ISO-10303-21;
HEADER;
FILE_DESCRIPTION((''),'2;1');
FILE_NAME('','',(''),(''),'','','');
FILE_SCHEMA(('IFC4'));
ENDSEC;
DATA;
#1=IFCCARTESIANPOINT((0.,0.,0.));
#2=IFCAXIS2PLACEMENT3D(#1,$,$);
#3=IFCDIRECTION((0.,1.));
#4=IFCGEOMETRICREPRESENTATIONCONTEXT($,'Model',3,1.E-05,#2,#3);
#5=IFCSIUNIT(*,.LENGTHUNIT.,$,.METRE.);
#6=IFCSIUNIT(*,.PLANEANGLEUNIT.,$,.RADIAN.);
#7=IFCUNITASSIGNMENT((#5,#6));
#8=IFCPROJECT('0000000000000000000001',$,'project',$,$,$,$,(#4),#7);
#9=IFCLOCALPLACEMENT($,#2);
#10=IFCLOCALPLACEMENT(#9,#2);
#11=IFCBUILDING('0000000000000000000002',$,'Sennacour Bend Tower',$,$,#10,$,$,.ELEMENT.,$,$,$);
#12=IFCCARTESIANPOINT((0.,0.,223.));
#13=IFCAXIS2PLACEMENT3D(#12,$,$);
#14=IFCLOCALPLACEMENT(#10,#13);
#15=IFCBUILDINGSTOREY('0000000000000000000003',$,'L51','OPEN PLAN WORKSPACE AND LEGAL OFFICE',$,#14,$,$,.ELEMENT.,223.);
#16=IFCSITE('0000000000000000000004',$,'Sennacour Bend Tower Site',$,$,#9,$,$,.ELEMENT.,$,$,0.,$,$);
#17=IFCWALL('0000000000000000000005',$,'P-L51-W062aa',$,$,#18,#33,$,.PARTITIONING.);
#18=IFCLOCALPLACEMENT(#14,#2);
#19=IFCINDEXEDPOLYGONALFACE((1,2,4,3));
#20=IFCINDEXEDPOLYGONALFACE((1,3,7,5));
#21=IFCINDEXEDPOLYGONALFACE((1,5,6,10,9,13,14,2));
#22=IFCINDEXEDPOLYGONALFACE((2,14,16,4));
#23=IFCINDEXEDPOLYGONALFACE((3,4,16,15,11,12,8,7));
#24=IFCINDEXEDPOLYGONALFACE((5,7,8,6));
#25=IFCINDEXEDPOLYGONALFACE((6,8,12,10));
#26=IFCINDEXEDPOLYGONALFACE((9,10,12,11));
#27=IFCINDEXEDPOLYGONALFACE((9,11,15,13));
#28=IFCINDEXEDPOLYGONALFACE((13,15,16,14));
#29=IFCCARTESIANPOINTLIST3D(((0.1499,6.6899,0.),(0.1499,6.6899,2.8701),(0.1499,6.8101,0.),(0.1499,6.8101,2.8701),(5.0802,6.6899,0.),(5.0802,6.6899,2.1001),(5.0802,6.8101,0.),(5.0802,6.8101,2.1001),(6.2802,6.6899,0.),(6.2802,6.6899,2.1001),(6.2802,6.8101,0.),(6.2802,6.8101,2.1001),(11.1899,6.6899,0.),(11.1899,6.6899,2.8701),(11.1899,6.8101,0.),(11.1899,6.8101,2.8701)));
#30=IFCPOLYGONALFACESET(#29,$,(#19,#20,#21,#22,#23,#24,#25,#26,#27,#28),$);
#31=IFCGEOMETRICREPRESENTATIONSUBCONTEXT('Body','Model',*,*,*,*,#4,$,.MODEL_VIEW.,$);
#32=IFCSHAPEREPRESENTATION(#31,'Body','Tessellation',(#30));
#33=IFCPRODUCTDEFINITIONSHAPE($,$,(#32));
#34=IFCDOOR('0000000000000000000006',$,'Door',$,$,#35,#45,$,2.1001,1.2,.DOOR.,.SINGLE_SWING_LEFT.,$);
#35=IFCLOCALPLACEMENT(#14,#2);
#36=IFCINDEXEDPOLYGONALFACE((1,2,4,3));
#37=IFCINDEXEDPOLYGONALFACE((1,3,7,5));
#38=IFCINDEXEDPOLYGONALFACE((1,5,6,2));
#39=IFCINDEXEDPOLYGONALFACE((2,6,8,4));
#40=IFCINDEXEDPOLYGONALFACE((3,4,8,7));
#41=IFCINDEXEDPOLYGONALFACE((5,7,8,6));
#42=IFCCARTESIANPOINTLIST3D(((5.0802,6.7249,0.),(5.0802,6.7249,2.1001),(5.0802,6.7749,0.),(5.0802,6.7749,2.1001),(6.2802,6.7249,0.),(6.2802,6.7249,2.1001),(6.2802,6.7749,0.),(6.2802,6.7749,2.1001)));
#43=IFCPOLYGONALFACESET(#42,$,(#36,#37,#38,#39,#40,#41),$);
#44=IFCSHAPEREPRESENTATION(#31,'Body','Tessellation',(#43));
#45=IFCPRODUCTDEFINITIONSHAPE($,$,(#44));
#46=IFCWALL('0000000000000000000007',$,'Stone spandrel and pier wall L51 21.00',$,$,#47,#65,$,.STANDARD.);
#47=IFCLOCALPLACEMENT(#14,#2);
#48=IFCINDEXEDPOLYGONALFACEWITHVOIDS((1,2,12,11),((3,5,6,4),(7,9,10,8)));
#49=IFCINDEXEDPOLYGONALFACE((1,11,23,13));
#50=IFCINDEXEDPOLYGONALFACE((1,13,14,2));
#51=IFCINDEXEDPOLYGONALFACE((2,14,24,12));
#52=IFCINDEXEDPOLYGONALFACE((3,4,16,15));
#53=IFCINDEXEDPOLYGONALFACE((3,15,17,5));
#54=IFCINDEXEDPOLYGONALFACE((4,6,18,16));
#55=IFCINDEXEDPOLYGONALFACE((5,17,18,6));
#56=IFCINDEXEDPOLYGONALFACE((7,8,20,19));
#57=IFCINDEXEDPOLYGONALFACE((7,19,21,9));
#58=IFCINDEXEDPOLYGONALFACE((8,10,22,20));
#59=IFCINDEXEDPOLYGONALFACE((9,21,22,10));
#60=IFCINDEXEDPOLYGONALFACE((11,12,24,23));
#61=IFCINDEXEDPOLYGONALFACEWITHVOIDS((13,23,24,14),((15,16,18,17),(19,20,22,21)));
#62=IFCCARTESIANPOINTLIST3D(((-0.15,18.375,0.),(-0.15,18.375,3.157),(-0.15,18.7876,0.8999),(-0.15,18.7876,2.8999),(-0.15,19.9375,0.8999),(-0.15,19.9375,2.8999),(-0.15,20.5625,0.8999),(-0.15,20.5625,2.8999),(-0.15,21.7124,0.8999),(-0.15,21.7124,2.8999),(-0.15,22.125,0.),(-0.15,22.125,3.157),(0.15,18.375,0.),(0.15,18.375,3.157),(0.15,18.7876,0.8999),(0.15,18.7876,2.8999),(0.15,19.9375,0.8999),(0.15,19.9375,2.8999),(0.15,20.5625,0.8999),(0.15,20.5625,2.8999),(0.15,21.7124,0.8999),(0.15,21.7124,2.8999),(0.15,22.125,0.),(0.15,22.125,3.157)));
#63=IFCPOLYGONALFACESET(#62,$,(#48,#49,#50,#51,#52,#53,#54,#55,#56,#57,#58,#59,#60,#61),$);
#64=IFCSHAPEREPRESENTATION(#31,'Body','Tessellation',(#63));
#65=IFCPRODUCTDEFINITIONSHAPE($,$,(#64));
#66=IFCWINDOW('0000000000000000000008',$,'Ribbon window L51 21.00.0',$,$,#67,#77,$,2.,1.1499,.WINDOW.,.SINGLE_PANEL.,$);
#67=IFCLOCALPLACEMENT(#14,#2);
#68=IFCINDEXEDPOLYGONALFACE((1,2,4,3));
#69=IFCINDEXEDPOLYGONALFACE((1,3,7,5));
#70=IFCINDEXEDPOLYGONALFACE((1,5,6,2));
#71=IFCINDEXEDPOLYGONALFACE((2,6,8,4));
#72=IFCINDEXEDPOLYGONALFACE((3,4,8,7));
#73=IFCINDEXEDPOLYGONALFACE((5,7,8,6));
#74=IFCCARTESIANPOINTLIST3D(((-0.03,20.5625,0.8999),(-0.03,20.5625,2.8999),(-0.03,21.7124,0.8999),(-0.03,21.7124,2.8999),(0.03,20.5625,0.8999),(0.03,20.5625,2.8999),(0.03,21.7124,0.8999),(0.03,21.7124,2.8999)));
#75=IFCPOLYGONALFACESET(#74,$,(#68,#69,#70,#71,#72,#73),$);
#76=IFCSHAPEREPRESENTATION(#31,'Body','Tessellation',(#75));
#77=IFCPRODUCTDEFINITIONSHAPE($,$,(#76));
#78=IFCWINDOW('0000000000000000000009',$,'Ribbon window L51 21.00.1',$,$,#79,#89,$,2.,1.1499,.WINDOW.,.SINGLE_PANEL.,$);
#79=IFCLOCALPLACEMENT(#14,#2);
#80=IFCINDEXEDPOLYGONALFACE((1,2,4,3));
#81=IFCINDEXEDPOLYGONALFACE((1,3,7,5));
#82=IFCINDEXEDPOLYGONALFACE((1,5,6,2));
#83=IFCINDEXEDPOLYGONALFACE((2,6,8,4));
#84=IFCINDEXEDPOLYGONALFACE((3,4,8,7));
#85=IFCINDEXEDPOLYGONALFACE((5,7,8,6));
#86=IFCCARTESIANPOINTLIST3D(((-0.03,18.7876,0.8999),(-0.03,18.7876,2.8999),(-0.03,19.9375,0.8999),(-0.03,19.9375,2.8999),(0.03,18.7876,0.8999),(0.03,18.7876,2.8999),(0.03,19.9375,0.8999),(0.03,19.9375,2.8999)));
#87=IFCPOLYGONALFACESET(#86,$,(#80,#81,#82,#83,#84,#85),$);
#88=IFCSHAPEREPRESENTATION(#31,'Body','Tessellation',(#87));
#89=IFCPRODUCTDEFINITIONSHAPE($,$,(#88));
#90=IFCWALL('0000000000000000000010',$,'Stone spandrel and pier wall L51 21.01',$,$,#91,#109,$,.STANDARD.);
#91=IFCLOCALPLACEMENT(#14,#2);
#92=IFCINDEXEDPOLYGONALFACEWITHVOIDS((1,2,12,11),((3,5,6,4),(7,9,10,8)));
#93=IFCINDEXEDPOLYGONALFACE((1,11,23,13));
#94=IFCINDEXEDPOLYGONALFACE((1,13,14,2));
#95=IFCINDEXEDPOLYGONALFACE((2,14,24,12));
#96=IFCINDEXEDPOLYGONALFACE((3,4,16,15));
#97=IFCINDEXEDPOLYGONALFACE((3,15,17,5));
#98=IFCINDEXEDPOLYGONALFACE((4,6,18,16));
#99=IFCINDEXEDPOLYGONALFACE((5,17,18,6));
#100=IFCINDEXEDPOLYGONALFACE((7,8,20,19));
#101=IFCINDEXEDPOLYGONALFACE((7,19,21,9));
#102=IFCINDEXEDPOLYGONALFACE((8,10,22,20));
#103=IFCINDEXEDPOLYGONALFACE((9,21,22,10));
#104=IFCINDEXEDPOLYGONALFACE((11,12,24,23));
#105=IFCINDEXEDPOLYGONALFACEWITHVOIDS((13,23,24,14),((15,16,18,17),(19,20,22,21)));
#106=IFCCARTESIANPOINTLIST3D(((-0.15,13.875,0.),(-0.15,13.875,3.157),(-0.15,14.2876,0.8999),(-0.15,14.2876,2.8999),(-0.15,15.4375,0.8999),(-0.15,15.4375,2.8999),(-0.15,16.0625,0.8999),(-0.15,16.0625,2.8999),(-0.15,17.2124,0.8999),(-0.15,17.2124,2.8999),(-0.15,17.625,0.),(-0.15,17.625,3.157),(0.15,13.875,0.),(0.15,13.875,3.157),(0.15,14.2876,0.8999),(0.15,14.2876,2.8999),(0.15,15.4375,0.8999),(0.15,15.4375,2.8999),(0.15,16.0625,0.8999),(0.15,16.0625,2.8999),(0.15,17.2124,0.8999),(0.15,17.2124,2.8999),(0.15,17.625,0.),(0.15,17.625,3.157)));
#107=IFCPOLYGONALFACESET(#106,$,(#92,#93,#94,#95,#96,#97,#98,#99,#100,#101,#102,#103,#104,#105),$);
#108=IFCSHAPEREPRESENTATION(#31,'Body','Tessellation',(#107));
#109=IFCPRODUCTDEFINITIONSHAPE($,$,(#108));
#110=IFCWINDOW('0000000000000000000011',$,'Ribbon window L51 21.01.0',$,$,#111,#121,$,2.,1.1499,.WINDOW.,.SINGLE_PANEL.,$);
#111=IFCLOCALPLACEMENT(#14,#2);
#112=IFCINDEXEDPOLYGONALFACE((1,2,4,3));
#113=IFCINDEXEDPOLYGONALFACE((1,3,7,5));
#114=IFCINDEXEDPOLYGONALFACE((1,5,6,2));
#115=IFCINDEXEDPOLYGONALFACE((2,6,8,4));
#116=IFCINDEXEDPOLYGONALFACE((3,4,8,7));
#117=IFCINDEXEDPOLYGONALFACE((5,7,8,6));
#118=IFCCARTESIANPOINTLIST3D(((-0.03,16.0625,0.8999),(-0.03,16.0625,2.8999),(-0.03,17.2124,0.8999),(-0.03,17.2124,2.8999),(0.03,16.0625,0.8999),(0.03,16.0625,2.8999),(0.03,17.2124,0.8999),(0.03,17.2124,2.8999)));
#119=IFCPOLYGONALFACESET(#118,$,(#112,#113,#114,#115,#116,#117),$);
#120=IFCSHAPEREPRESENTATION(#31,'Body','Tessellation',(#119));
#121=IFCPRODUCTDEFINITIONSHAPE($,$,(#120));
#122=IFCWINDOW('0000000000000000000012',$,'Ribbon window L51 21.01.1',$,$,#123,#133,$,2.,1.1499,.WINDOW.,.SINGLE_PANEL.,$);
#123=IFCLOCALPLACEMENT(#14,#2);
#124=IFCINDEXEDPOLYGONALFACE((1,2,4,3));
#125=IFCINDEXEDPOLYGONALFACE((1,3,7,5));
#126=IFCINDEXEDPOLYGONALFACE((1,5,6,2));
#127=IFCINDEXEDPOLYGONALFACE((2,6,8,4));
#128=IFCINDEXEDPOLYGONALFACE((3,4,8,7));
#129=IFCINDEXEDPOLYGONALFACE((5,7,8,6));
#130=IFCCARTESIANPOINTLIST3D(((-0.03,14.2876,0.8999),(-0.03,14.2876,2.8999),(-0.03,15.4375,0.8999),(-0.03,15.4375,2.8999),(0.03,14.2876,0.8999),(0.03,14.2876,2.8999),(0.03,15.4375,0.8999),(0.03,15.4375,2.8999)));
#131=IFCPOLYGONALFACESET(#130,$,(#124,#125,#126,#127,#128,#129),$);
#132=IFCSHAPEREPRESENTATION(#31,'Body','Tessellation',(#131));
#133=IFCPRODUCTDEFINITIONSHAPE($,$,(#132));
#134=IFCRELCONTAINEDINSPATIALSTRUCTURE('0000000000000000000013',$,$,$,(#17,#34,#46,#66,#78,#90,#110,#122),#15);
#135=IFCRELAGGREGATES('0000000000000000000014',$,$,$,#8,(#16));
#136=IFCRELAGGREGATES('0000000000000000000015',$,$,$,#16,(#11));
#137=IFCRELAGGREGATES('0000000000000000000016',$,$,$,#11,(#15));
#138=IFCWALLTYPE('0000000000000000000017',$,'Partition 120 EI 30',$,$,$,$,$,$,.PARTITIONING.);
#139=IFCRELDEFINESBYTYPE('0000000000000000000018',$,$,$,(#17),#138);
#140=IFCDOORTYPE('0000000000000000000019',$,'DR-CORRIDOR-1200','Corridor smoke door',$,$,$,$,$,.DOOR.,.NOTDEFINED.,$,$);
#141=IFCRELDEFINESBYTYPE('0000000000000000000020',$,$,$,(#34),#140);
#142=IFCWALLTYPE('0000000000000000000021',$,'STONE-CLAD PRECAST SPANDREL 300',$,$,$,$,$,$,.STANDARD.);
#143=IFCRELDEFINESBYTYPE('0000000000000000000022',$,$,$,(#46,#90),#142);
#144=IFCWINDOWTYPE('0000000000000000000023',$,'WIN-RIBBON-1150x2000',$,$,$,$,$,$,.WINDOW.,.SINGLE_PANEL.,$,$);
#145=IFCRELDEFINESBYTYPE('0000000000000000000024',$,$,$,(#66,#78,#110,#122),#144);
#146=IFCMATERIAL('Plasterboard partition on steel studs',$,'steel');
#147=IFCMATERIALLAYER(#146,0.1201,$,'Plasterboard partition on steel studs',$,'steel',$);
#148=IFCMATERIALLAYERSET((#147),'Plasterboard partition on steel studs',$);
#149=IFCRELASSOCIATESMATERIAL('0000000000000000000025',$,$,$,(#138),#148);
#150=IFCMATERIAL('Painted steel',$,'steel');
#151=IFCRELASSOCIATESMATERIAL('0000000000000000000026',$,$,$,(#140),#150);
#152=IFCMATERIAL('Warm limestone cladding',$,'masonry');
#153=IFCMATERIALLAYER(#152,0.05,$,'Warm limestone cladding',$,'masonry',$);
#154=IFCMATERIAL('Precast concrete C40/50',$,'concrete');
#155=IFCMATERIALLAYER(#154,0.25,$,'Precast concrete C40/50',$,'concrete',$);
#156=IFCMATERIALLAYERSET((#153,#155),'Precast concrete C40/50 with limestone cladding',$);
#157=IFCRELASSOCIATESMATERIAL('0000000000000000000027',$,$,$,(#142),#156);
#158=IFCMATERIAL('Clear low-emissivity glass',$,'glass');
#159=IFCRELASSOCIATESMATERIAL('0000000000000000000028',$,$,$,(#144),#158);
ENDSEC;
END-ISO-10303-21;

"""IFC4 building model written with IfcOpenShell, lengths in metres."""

from ifc_helpers import new_model, si_unit, direction, frame, frame_2d, origin, place, context, subcontext, project, spatial, rectangle, extrude, material, layer, layer_set, type_object, element, fill, save


model = new_model("IFC4")

# Units and contexts
model_context = context("Model", 3, precision=1e-05, world=origin(), true_north=direction((0.0, 1.0)))
body_context = subcontext(model_context, "Body", "Model", "MODEL_VIEW")
ifc_project = project(units=[si_unit("LENGTHUNIT", "METRE"), si_unit("PLANEANGLEUNIT", "RADIAN")], contexts=[model_context])

# Site, building, storey
site_placement = place(None, origin())
site = spatial("IfcSite", under=ifc_project, at=site_placement, Name="Sennacour Bend Tower Site", CompositionType="ELEMENT", RefElevation=0.0)
building_placement = place(site_placement, origin())
building = spatial("IfcBuilding", under=site, at=building_placement, Name="Sennacour Bend Tower", CompositionType="ELEMENT")
storey_placement = place(building_placement, frame((0.0, 0.0, 223.0)))
storey = spatial("IfcBuildingStorey", under=building, at=storey_placement, Name="L51", Description="OPEN PLAN WORKSPACE AND LEGAL OFFICE", CompositionType="ELEMENT", Elevation=223.0)

# Wall, opening, door
ifc_material_1 = material(Name="Plasterboard partition on steel studs", Category="steel")
ifc_layer_1 = layer(ifc_material_1, 0.1201, Name="Plasterboard partition on steel studs", Category="steel")
ifc_layer_set_1 = layer_set([ifc_layer_1], Name="Plasterboard partition on steel studs")
wall_type_1 = type_object("IfcWallType", Name="Partition 120 EI 30", PredefinedType="PARTITIONING", material=ifc_layer_set_1)
wall_1_placement = place(storey_placement, frame((0.1499, 6.75, 0.0), z_axis=(0.0, 0.0, 1.0), x_axis=(1.0, 0.0, 0.0)))
wall_1 = element("IfcWall", 1, at=wall_1_placement, inside=storey, type_object=wall_type_1, Name="P-L51-W062aa", PredefinedType="PARTITIONING", context=body_context, shape_type="SweptSolid", body=[
    extrude(rectangle(XDim=11.04, YDim=0.1201, at=frame_2d((5.52, 0.0))), origin(), (0.0, 0.0, 1.0), 2.8701),
])
opening_1_placement = place(wall_1_placement, frame((4.9302, 0.0, 0.0)))
opening_1 = element("IfcOpeningElement", 2, at=opening_1_placement, cuts=wall_1, PredefinedType="OPENING", context=body_context, shape_type="SweptSolid", body=[
    extrude(rectangle(XDim=1.2, YDim=2.1001, at=frame_2d((0.6001, 1.05))), frame((0.0, 0.0701, 0.0), z_axis=(0.0, -1.0, 0.0), x_axis=(1.0, 0.0, 0.0)), (0.0, 0.0, 1.0), 0.1401),
])
ifc_material_2 = material(Name="Painted steel", Category="steel")
door_type = type_object("IfcDoorType", Name="DR-CORRIDOR-1200", Description="Corridor smoke door", OperationType="NOTDEFINED", PredefinedType="DOOR", material=ifc_material_2)
door_placement = place(opening_1_placement, origin())
door = element("IfcDoor", 3, at=door_placement, inside=storey, type_object=door_type, Name="Door", OperationType="SINGLE_SWING_LEFT", OverallHeight=2.1001, OverallWidth=1.2, PredefinedType="DOOR", context=body_context, shape_type="SweptSolid", body=[
    extrude(rectangle(XDim=1.2, YDim=2.1001, at=frame_2d((0.6001, 1.05))), frame((0.0, 0.0249, 0.0), z_axis=(0.0, -1.0, 0.0), x_axis=(1.0, 0.0, 0.0)), (0.0, 0.0, 1.0), 0.05),
])
fill(opening_1, door)

# Walls, openings, windows
ifc_material_3 = material(Name="Warm limestone cladding", Category="masonry")
ifc_layer_2 = layer(ifc_material_3, 0.05, Name="Warm limestone cladding", Category="masonry")
ifc_material_4 = material(Name="Precast concrete C40/50", Category="concrete")
ifc_layer_3 = layer(ifc_material_4, 0.25, Name="Precast concrete C40/50", Category="concrete")
ifc_layer_set_2 = layer_set([ifc_layer_2, ifc_layer_3], Name="Precast concrete C40/50 with limestone cladding")
wall_type_2 = type_object("IfcWallType", Name="STONE-CLAD PRECAST SPANDREL 300", PredefinedType="STANDARD", material=ifc_layer_set_2)
wall_2_placement = place(storey_placement, frame((0.0, 22.125, 0.0), z_axis=(0.0, 0.0, 1.0), x_axis=(0.0, -1.0, 0.0)))
wall_2 = element("IfcWall", 4, at=wall_2_placement, inside=storey, type_object=wall_type_2, Name="Stone spandrel and pier wall L51 21.00", PredefinedType="STANDARD", context=body_context, shape_type="SweptSolid", body=[
    extrude(rectangle(XDim=3.75, YDim=0.3, at=frame_2d((1.875, 0.0))), origin(), (0.0, 0.0, 1.0), 3.157),
])
opening_2_placement = place(wall_2_placement, frame((0.4126, 0.0, 0.8999)))
opening_2 = element("IfcOpeningElement", 5, at=opening_2_placement, cuts=wall_2, PredefinedType="OPENING", context=body_context, shape_type="SweptSolid", body=[
    extrude(rectangle(XDim=1.1499, YDim=2.0, at=frame_2d((0.575, 1.0))), frame((0.0, 0.1602, 0.0), z_axis=(0.0, -1.0, 0.0), x_axis=(1.0, 0.0, 0.0)), (0.0, 0.0, 1.0), 0.3201),
])
opening_3_placement = place(wall_2_placement, frame((2.1875, 0.0, 0.8999)))
opening_3 = element("IfcOpeningElement", 6, at=opening_3_placement, cuts=wall_2, PredefinedType="OPENING", context=body_context, shape_type="SweptSolid", body=[
    extrude(rectangle(XDim=1.1499, YDim=2.0, at=frame_2d((0.575, 1.0))), frame((0.0, 0.1602, 0.0), z_axis=(0.0, -1.0, 0.0), x_axis=(1.0, 0.0, 0.0)), (0.0, 0.0, 1.0), 0.3201),
])
ifc_material_5 = material(Name="Clear low-emissivity glass", Category="glass")
window_type = type_object("IfcWindowType", Name="WIN-RIBBON-1150x2000", PartitioningType="SINGLE_PANEL", PredefinedType="WINDOW", material=ifc_material_5)
window_1_placement = place(opening_2_placement, origin())
window_1 = element("IfcWindow", 7, at=window_1_placement, inside=storey, type_object=window_type, Name="Ribbon window L51 21.00.0", OverallHeight=2.0, OverallWidth=1.1499, PartitioningType="SINGLE_PANEL", PredefinedType="WINDOW", context=body_context, shape_type="SweptSolid", body=[
    extrude(rectangle(XDim=1.1499, YDim=2.0, at=frame_2d((0.575, 1.0))), frame((0.0, 0.03, 0.0), z_axis=(0.0, -1.0, 0.0), x_axis=(1.0, 0.0, 0.0)), (0.0, 0.0, 1.0), 0.0601),
])
fill(opening_2, window_1)
window_2_placement = place(opening_3_placement, origin())
window_2 = element("IfcWindow", 8, at=window_2_placement, inside=storey, type_object=window_type, Name="Ribbon window L51 21.00.1", OverallHeight=2.0, OverallWidth=1.1499, PartitioningType="SINGLE_PANEL", PredefinedType="WINDOW", context=body_context, shape_type="SweptSolid", body=[
    extrude(rectangle(XDim=1.1499, YDim=2.0, at=frame_2d((0.575, 1.0))), frame((0.0, 0.03, 0.0), z_axis=(0.0, -1.0, 0.0), x_axis=(1.0, 0.0, 0.0)), (0.0, 0.0, 1.0), 0.0601),
])
fill(opening_3, window_2)
wall_3_placement = place(storey_placement, frame((0.0, 17.625, 0.0), z_axis=(0.0, 0.0, 1.0), x_axis=(0.0, -1.0, 0.0)))
wall_3 = element("IfcWall", 9, at=wall_3_placement, inside=storey, type_object=wall_type_2, Name="Stone spandrel and pier wall L51 21.01", PredefinedType="STANDARD", context=body_context, shape_type="SweptSolid", body=[
    extrude(rectangle(XDim=3.75, YDim=0.3, at=frame_2d((1.875, 0.0))), origin(), (0.0, 0.0, 1.0), 3.157),
])
opening_4_placement = place(wall_3_placement, frame((0.4126, 0.0, 0.8999)))
opening_4 = element("IfcOpeningElement", 10, at=opening_4_placement, cuts=wall_3, PredefinedType="OPENING", context=body_context, shape_type="SweptSolid", body=[
    extrude(rectangle(XDim=1.1499, YDim=2.0, at=frame_2d((0.575, 1.0))), frame((0.0, 0.1602, 0.0), z_axis=(0.0, -1.0, 0.0), x_axis=(1.0, 0.0, 0.0)), (0.0, 0.0, 1.0), 0.3201),
])
opening_5_placement = place(wall_3_placement, frame((2.1875, 0.0, 0.8999)))
opening_5 = element("IfcOpeningElement", 11, at=opening_5_placement, cuts=wall_3, PredefinedType="OPENING", context=body_context, shape_type="SweptSolid", body=[
    extrude(rectangle(XDim=1.1499, YDim=2.0, at=frame_2d((0.575, 1.0))), frame((0.0, 0.1602, 0.0), z_axis=(0.0, -1.0, 0.0), x_axis=(1.0, 0.0, 0.0)), (0.0, 0.0, 1.0), 0.3201),
])
window_3_placement = place(opening_4_placement, origin())
window_3 = element("IfcWindow", 12, at=window_3_placement, inside=storey, type_object=window_type, Name="Ribbon window L51 21.01.0", OverallHeight=2.0, OverallWidth=1.1499, PartitioningType="SINGLE_PANEL", PredefinedType="WINDOW", context=body_context, shape_type="SweptSolid", body=[
    extrude(rectangle(XDim=1.1499, YDim=2.0, at=frame_2d((0.575, 1.0))), frame((0.0, 0.03, 0.0), z_axis=(0.0, -1.0, 0.0), x_axis=(1.0, 0.0, 0.0)), (0.0, 0.0, 1.0), 0.0601),
])
fill(opening_4, window_3)
window_4_placement = place(opening_5_placement, origin())
window_4 = element("IfcWindow", 13, at=window_4_placement, inside=storey, type_object=window_type, Name="Ribbon window L51 21.01.1", OverallHeight=2.0, OverallWidth=1.1499, PartitioningType="SINGLE_PANEL", PredefinedType="WINDOW", context=body_context, shape_type="SweptSolid", body=[
    extrude(rectangle(XDim=1.1499, YDim=2.0, at=frame_2d((0.575, 1.0))), frame((0.0, 0.03, 0.0), z_axis=(0.0, -1.0, 0.0), x_axis=(1.0, 0.0, 0.0)), (0.0, 0.0, 1.0), 0.0601),
])
fill(opening_5, window_4)

save(model, "model.ifc")
